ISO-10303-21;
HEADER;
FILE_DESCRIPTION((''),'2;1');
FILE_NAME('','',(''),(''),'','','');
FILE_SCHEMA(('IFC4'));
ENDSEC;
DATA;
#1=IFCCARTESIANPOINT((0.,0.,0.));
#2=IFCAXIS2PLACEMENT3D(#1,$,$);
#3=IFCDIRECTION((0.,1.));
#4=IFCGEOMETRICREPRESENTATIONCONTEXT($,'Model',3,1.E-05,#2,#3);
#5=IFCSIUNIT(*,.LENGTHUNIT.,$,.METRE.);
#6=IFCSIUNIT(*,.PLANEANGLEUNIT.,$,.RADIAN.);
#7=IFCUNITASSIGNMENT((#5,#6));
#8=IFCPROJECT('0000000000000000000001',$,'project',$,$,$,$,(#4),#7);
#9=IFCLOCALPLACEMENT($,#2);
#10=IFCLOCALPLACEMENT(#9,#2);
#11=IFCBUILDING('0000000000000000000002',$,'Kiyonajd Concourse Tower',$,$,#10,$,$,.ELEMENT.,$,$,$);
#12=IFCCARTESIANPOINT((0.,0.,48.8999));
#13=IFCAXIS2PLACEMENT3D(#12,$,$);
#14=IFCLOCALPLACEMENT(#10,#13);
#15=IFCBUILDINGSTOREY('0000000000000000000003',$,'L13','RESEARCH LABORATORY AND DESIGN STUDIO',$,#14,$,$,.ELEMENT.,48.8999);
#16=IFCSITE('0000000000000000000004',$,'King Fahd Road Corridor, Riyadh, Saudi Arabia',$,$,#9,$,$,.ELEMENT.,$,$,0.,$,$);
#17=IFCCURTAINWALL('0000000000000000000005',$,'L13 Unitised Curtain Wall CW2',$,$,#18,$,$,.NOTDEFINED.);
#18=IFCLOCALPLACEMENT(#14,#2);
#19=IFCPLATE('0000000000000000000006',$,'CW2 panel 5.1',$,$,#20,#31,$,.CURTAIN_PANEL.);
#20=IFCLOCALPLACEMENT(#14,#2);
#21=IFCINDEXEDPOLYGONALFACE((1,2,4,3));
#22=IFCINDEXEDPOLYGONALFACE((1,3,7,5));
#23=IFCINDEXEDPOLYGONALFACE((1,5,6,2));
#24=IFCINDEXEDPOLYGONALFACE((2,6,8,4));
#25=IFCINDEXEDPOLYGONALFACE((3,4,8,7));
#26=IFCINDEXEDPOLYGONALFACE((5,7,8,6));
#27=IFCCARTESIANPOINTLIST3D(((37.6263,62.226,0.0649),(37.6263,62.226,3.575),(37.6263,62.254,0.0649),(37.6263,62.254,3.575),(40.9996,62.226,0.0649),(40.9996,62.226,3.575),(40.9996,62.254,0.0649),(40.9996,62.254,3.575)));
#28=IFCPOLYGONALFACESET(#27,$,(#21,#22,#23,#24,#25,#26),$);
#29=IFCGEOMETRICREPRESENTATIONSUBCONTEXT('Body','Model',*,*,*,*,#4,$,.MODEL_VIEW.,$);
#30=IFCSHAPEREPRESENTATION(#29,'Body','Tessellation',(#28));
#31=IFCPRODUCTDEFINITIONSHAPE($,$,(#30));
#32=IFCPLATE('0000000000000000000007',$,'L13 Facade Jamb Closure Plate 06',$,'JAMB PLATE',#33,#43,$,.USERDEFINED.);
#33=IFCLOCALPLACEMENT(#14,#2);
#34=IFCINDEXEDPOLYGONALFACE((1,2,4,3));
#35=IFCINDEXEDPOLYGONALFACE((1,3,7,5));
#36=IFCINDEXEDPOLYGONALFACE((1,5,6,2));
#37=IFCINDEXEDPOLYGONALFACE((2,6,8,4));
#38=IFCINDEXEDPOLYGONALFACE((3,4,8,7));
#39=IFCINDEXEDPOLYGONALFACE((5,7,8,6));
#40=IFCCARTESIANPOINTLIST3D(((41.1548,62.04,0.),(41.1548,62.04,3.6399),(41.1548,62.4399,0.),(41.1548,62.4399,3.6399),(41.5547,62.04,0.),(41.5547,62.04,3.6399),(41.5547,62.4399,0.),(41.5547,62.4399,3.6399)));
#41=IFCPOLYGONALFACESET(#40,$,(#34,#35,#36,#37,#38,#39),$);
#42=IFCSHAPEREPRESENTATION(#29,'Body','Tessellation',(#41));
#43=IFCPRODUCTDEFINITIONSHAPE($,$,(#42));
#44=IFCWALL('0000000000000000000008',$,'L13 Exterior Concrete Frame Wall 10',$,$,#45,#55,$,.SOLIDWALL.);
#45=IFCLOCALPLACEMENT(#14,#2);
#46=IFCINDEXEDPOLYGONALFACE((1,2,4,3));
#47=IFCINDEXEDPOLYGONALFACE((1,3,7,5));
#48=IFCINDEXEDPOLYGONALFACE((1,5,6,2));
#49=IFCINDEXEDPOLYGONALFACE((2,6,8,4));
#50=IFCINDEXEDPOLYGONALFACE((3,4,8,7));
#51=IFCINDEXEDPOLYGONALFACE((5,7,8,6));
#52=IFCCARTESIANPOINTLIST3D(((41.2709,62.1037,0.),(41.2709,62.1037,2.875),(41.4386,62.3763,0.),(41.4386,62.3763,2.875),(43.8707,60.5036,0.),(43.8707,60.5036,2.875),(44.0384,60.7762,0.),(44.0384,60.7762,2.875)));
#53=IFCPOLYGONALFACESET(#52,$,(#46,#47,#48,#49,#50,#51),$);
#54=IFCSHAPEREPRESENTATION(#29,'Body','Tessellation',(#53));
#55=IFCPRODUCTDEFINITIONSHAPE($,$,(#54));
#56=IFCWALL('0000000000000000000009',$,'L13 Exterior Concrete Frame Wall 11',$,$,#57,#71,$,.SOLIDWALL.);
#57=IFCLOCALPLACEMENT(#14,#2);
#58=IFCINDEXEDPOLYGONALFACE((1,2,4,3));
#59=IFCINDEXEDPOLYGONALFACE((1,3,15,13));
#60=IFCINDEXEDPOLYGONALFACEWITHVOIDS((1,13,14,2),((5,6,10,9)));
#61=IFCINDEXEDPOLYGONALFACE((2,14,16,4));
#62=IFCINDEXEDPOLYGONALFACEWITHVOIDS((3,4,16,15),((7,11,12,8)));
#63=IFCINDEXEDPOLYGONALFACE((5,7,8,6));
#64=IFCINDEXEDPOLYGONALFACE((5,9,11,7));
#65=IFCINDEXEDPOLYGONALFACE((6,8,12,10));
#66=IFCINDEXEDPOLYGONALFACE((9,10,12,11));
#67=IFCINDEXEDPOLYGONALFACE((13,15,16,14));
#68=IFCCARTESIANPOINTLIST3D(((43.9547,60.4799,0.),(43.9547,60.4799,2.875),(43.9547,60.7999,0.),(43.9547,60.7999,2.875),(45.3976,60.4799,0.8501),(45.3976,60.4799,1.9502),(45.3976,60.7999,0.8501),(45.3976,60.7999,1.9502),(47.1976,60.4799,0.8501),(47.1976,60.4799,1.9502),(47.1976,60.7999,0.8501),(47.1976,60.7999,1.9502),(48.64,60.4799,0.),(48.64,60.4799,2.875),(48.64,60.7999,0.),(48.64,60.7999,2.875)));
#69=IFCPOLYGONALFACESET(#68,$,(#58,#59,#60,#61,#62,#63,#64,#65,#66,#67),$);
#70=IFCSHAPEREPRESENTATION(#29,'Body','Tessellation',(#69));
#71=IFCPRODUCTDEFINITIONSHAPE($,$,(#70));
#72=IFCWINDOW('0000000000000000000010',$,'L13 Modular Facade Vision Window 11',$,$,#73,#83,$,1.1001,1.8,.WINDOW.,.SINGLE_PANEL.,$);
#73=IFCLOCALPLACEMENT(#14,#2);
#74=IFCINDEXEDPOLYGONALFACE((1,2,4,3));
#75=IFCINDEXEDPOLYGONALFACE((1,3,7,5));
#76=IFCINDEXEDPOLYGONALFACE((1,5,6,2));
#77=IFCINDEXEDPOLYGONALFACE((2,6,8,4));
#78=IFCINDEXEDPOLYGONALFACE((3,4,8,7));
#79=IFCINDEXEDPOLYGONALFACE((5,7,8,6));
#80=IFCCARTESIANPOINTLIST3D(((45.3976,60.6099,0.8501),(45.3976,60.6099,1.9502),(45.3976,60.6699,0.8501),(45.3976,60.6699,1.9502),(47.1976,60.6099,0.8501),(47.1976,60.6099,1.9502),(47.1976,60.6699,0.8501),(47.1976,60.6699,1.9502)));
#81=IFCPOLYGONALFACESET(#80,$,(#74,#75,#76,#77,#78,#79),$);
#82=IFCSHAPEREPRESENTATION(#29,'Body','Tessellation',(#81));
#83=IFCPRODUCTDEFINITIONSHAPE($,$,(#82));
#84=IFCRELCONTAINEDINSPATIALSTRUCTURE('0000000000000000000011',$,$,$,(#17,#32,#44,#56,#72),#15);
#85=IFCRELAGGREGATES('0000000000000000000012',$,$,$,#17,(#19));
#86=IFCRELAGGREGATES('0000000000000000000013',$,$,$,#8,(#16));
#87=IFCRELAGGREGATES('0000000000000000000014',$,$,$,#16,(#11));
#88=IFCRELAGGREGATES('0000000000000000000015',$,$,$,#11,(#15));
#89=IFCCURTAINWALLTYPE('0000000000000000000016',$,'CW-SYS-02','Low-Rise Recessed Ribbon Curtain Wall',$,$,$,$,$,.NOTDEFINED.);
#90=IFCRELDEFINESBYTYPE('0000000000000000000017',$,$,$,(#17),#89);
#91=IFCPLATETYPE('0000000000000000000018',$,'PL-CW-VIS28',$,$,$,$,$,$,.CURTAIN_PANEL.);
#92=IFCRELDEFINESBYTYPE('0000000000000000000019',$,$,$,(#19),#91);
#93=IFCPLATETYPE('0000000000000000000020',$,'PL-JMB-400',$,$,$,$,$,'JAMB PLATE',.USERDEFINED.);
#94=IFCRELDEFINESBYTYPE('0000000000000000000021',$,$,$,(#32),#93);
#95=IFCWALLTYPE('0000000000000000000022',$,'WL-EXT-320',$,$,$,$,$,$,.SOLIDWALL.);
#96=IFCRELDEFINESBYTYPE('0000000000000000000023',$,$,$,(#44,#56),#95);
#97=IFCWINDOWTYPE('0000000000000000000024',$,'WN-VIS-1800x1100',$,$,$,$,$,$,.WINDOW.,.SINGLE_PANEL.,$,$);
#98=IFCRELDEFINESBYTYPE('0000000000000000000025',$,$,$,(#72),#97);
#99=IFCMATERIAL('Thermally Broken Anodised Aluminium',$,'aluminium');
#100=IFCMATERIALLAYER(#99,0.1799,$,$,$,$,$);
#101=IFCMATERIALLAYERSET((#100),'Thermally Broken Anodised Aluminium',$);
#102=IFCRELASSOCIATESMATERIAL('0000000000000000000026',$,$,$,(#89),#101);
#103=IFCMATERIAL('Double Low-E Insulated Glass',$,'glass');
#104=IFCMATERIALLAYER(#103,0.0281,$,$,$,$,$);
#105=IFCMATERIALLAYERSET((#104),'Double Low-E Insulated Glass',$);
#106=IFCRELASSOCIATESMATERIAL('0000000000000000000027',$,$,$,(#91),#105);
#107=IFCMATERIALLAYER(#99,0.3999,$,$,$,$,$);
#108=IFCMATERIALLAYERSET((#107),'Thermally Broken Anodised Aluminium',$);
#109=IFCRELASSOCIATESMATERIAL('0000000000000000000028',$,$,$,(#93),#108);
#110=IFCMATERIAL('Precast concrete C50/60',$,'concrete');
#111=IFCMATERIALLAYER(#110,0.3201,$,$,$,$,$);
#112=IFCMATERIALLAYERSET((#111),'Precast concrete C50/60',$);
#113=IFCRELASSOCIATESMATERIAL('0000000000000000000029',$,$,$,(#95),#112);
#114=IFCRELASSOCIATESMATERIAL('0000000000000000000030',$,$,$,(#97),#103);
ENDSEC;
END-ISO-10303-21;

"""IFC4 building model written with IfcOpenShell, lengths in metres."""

from ifc_helpers import new_model, si_unit, direction, frame, frame_2d, origin, origin_2d, place, context, subcontext, project, spatial, rectangle, extrude, material, layer, layer_set, type_object, element, fill, aggregate, save


model = new_model("IFC4")

# Units and contexts
model_context = context("Model", 3, precision=1e-05, world=origin(), true_north=direction((0.0, 1.0)))
body_context = subcontext(model_context, "Body", "Model", "MODEL_VIEW")
ifc_project = project(units=[si_unit("LENGTHUNIT", "METRE"), si_unit("PLANEANGLEUNIT", "RADIAN")], contexts=[model_context])

# Site, building, storey
site_placement = place(None, origin())
site = spatial("IfcSite", under=ifc_project, at=site_placement, Name="King Fahd Road Corridor, Riyadh, Saudi Arabia", CompositionType="ELEMENT", RefElevation=0.0)
building_placement = place(site_placement, origin())
building = spatial("IfcBuilding", under=site, at=building_placement, Name="Kiyonajd Concourse Tower", CompositionType="ELEMENT")
storey_placement = place(building_placement, frame((0.0, 0.0, 48.8999)))
storey = spatial("IfcBuildingStorey", under=building, at=storey_placement, Name="L13", Description="RESEARCH LABORATORY AND DESIGN STUDIO", CompositionType="ELEMENT", Elevation=48.8999)

# Shared definitions
ifc_material_1 = material(Name="Precast concrete C50/60", Category="concrete")

# Curtain wall, plate
ifc_material_2 = material(Name="Thermally Broken Anodised Aluminium", Category="aluminium")
ifc_layer_1 = layer(ifc_material_2, 0.1799)
ifc_layer_set_1 = layer_set([ifc_layer_1], Name="Thermally Broken Anodised Aluminium")
curtain_wall_type = type_object("IfcCurtainWallType", Name="CW-SYS-02", Description="Low-Rise Recessed Ribbon Curtain Wall", PredefinedType="NOTDEFINED", material=ifc_layer_set_1)
curtain_wall_placement = place(storey_placement, origin())
curtain_wall = element("IfcCurtainWall", 1, at=curtain_wall_placement, inside=storey, type_object=curtain_wall_type, Name="L13 Unitised Curtain Wall CW2", PredefinedType="NOTDEFINED")
ifc_material_3 = material(Name="Double Low-E Insulated Glass", Category="glass")
ifc_layer_2 = layer(ifc_material_3, 0.0281)
ifc_layer_set_2 = layer_set([ifc_layer_2], Name="Double Low-E Insulated Glass")
plate_type_1 = type_object("IfcPlateType", Name="PL-CW-VIS28", PredefinedType="CURTAIN_PANEL", material=ifc_layer_set_2)
plate_1_placement = place(storey_placement, frame((39.313, 62.24, 0.0649), z_axis=(0.0, 0.0, 1.0), x_axis=(1.0, 0.0, 0.0)))
plate_1 = element("IfcPlate", 2, at=plate_1_placement, type_object=plate_type_1, Name="CW2 panel 5.1", PredefinedType="CURTAIN_PANEL", context=body_context, shape_type="SweptSolid", body=[
    extrude(rectangle(XDim=3.3733, YDim=0.0281, at=origin_2d()), origin(), (0.0, 0.0, 1.0), 3.51),
])
aggregate(curtain_wall, [plate_1])

# Plate
ifc_layer_3 = layer(ifc_material_2, 0.3999)
ifc_layer_set_3 = layer_set([ifc_layer_3], Name="Thermally Broken Anodised Aluminium")
plate_type_2 = type_object("IfcPlateType", Name="PL-JMB-400", ElementType="JAMB PLATE", PredefinedType="USERDEFINED", material=ifc_layer_set_3)
plate_2_placement = place(storey_placement, frame((41.3547, 62.24, 0.0), z_axis=(0.0, 0.0, 1.0), x_axis=(1.0, 0.0, 0.0)))
element("IfcPlate", 3, at=plate_2_placement, inside=storey, type_object=plate_type_2, Name="L13 Facade Jamb Closure Plate 06", ObjectType="JAMB PLATE", PredefinedType="USERDEFINED", context=body_context, shape_type="SweptSolid", body=[
    extrude(rectangle(XDim=0.3999, YDim=0.3999, at=origin_2d()), origin(), (0.0, 0.0, 1.0), 3.6399),
])

# Wall
ifc_layer_4 = layer(ifc_material_1, 0.3201)
ifc_layer_set_4 = layer_set([ifc_layer_4], Name="Precast concrete C50/60")
wall_type = type_object("IfcWallType", Name="WL-EXT-320", PredefinedType="SOLIDWALL", material=ifc_layer_set_4)
wall_1_placement = place(storey_placement, frame((41.3547, 62.24, 0.0), z_axis=(0.0, 0.0, 1.0), x_axis=(0.851631, -0.524142, 0.0)))
element("IfcWall", 4, at=wall_1_placement, inside=storey, type_object=wall_type, Name="L13 Exterior Concrete Frame Wall 10", PredefinedType="SOLIDWALL", context=body_context, shape_type="SweptSolid", body=[
    extrude(rectangle(XDim=3.0527, YDim=0.3201, at=frame_2d((1.5264, 0.0))), origin(), (0.0, 0.0, 1.0), 2.875),
])

# Wall, opening, window
wall_2_placement = place(storey_placement, frame((43.9546, 60.6399, 0.0), z_axis=(0.0, 0.0, 1.0), x_axis=(1.0, 0.0, 0.0)))
wall_2 = element("IfcWall", 5, at=wall_2_placement, inside=storey, type_object=wall_type, Name="L13 Exterior Concrete Frame Wall 11", PredefinedType="SOLIDWALL", context=body_context, shape_type="SweptSolid", body=[
    extrude(rectangle(XDim=4.6853, YDim=0.3201, at=frame_2d((2.3428, 0.0))), origin(), (0.0, 0.0, 1.0), 2.875),
])
opening_placement = place(wall_2_placement, frame((1.4431, 0.0, 0.8501)))
opening = element("IfcOpeningElement", 6, at=opening_placement, cuts=wall_2, PredefinedType="OPENING", context=body_context, shape_type="SweptSolid", body=[
    extrude(rectangle(XDim=1.8, YDim=1.1001, at=frame_2d((0.8999, 0.55))), frame((0.0, 0.1699, 0.0), z_axis=(0.0, -1.0, 0.0), x_axis=(1.0, 0.0, 0.0)), (0.0, 0.0, 1.0), 0.3401),
])
window_type = type_object("IfcWindowType", Name="WN-VIS-1800x1100", PartitioningType="SINGLE_PANEL", PredefinedType="WINDOW", material=ifc_material_3)
window_placement = place(opening_placement, origin())
window = element("IfcWindow", 7, at=window_placement, inside=storey, type_object=window_type, Name="L13 Modular Facade Vision Window 11", OverallHeight=1.1001, OverallWidth=1.8, PartitioningType="SINGLE_PANEL", PredefinedType="WINDOW", context=body_context, shape_type="SweptSolid", body=[
    extrude(rectangle(XDim=1.8, YDim=1.1001, at=frame_2d((0.8999, 0.55))), frame((0.0, 0.03, 0.0), z_axis=(0.0, -1.0, 0.0), x_axis=(1.0, 0.0, 0.0)), (0.0, 0.0, 1.0), 0.0601),
])
fill(opening, window)

save(model, "model.ifc")
